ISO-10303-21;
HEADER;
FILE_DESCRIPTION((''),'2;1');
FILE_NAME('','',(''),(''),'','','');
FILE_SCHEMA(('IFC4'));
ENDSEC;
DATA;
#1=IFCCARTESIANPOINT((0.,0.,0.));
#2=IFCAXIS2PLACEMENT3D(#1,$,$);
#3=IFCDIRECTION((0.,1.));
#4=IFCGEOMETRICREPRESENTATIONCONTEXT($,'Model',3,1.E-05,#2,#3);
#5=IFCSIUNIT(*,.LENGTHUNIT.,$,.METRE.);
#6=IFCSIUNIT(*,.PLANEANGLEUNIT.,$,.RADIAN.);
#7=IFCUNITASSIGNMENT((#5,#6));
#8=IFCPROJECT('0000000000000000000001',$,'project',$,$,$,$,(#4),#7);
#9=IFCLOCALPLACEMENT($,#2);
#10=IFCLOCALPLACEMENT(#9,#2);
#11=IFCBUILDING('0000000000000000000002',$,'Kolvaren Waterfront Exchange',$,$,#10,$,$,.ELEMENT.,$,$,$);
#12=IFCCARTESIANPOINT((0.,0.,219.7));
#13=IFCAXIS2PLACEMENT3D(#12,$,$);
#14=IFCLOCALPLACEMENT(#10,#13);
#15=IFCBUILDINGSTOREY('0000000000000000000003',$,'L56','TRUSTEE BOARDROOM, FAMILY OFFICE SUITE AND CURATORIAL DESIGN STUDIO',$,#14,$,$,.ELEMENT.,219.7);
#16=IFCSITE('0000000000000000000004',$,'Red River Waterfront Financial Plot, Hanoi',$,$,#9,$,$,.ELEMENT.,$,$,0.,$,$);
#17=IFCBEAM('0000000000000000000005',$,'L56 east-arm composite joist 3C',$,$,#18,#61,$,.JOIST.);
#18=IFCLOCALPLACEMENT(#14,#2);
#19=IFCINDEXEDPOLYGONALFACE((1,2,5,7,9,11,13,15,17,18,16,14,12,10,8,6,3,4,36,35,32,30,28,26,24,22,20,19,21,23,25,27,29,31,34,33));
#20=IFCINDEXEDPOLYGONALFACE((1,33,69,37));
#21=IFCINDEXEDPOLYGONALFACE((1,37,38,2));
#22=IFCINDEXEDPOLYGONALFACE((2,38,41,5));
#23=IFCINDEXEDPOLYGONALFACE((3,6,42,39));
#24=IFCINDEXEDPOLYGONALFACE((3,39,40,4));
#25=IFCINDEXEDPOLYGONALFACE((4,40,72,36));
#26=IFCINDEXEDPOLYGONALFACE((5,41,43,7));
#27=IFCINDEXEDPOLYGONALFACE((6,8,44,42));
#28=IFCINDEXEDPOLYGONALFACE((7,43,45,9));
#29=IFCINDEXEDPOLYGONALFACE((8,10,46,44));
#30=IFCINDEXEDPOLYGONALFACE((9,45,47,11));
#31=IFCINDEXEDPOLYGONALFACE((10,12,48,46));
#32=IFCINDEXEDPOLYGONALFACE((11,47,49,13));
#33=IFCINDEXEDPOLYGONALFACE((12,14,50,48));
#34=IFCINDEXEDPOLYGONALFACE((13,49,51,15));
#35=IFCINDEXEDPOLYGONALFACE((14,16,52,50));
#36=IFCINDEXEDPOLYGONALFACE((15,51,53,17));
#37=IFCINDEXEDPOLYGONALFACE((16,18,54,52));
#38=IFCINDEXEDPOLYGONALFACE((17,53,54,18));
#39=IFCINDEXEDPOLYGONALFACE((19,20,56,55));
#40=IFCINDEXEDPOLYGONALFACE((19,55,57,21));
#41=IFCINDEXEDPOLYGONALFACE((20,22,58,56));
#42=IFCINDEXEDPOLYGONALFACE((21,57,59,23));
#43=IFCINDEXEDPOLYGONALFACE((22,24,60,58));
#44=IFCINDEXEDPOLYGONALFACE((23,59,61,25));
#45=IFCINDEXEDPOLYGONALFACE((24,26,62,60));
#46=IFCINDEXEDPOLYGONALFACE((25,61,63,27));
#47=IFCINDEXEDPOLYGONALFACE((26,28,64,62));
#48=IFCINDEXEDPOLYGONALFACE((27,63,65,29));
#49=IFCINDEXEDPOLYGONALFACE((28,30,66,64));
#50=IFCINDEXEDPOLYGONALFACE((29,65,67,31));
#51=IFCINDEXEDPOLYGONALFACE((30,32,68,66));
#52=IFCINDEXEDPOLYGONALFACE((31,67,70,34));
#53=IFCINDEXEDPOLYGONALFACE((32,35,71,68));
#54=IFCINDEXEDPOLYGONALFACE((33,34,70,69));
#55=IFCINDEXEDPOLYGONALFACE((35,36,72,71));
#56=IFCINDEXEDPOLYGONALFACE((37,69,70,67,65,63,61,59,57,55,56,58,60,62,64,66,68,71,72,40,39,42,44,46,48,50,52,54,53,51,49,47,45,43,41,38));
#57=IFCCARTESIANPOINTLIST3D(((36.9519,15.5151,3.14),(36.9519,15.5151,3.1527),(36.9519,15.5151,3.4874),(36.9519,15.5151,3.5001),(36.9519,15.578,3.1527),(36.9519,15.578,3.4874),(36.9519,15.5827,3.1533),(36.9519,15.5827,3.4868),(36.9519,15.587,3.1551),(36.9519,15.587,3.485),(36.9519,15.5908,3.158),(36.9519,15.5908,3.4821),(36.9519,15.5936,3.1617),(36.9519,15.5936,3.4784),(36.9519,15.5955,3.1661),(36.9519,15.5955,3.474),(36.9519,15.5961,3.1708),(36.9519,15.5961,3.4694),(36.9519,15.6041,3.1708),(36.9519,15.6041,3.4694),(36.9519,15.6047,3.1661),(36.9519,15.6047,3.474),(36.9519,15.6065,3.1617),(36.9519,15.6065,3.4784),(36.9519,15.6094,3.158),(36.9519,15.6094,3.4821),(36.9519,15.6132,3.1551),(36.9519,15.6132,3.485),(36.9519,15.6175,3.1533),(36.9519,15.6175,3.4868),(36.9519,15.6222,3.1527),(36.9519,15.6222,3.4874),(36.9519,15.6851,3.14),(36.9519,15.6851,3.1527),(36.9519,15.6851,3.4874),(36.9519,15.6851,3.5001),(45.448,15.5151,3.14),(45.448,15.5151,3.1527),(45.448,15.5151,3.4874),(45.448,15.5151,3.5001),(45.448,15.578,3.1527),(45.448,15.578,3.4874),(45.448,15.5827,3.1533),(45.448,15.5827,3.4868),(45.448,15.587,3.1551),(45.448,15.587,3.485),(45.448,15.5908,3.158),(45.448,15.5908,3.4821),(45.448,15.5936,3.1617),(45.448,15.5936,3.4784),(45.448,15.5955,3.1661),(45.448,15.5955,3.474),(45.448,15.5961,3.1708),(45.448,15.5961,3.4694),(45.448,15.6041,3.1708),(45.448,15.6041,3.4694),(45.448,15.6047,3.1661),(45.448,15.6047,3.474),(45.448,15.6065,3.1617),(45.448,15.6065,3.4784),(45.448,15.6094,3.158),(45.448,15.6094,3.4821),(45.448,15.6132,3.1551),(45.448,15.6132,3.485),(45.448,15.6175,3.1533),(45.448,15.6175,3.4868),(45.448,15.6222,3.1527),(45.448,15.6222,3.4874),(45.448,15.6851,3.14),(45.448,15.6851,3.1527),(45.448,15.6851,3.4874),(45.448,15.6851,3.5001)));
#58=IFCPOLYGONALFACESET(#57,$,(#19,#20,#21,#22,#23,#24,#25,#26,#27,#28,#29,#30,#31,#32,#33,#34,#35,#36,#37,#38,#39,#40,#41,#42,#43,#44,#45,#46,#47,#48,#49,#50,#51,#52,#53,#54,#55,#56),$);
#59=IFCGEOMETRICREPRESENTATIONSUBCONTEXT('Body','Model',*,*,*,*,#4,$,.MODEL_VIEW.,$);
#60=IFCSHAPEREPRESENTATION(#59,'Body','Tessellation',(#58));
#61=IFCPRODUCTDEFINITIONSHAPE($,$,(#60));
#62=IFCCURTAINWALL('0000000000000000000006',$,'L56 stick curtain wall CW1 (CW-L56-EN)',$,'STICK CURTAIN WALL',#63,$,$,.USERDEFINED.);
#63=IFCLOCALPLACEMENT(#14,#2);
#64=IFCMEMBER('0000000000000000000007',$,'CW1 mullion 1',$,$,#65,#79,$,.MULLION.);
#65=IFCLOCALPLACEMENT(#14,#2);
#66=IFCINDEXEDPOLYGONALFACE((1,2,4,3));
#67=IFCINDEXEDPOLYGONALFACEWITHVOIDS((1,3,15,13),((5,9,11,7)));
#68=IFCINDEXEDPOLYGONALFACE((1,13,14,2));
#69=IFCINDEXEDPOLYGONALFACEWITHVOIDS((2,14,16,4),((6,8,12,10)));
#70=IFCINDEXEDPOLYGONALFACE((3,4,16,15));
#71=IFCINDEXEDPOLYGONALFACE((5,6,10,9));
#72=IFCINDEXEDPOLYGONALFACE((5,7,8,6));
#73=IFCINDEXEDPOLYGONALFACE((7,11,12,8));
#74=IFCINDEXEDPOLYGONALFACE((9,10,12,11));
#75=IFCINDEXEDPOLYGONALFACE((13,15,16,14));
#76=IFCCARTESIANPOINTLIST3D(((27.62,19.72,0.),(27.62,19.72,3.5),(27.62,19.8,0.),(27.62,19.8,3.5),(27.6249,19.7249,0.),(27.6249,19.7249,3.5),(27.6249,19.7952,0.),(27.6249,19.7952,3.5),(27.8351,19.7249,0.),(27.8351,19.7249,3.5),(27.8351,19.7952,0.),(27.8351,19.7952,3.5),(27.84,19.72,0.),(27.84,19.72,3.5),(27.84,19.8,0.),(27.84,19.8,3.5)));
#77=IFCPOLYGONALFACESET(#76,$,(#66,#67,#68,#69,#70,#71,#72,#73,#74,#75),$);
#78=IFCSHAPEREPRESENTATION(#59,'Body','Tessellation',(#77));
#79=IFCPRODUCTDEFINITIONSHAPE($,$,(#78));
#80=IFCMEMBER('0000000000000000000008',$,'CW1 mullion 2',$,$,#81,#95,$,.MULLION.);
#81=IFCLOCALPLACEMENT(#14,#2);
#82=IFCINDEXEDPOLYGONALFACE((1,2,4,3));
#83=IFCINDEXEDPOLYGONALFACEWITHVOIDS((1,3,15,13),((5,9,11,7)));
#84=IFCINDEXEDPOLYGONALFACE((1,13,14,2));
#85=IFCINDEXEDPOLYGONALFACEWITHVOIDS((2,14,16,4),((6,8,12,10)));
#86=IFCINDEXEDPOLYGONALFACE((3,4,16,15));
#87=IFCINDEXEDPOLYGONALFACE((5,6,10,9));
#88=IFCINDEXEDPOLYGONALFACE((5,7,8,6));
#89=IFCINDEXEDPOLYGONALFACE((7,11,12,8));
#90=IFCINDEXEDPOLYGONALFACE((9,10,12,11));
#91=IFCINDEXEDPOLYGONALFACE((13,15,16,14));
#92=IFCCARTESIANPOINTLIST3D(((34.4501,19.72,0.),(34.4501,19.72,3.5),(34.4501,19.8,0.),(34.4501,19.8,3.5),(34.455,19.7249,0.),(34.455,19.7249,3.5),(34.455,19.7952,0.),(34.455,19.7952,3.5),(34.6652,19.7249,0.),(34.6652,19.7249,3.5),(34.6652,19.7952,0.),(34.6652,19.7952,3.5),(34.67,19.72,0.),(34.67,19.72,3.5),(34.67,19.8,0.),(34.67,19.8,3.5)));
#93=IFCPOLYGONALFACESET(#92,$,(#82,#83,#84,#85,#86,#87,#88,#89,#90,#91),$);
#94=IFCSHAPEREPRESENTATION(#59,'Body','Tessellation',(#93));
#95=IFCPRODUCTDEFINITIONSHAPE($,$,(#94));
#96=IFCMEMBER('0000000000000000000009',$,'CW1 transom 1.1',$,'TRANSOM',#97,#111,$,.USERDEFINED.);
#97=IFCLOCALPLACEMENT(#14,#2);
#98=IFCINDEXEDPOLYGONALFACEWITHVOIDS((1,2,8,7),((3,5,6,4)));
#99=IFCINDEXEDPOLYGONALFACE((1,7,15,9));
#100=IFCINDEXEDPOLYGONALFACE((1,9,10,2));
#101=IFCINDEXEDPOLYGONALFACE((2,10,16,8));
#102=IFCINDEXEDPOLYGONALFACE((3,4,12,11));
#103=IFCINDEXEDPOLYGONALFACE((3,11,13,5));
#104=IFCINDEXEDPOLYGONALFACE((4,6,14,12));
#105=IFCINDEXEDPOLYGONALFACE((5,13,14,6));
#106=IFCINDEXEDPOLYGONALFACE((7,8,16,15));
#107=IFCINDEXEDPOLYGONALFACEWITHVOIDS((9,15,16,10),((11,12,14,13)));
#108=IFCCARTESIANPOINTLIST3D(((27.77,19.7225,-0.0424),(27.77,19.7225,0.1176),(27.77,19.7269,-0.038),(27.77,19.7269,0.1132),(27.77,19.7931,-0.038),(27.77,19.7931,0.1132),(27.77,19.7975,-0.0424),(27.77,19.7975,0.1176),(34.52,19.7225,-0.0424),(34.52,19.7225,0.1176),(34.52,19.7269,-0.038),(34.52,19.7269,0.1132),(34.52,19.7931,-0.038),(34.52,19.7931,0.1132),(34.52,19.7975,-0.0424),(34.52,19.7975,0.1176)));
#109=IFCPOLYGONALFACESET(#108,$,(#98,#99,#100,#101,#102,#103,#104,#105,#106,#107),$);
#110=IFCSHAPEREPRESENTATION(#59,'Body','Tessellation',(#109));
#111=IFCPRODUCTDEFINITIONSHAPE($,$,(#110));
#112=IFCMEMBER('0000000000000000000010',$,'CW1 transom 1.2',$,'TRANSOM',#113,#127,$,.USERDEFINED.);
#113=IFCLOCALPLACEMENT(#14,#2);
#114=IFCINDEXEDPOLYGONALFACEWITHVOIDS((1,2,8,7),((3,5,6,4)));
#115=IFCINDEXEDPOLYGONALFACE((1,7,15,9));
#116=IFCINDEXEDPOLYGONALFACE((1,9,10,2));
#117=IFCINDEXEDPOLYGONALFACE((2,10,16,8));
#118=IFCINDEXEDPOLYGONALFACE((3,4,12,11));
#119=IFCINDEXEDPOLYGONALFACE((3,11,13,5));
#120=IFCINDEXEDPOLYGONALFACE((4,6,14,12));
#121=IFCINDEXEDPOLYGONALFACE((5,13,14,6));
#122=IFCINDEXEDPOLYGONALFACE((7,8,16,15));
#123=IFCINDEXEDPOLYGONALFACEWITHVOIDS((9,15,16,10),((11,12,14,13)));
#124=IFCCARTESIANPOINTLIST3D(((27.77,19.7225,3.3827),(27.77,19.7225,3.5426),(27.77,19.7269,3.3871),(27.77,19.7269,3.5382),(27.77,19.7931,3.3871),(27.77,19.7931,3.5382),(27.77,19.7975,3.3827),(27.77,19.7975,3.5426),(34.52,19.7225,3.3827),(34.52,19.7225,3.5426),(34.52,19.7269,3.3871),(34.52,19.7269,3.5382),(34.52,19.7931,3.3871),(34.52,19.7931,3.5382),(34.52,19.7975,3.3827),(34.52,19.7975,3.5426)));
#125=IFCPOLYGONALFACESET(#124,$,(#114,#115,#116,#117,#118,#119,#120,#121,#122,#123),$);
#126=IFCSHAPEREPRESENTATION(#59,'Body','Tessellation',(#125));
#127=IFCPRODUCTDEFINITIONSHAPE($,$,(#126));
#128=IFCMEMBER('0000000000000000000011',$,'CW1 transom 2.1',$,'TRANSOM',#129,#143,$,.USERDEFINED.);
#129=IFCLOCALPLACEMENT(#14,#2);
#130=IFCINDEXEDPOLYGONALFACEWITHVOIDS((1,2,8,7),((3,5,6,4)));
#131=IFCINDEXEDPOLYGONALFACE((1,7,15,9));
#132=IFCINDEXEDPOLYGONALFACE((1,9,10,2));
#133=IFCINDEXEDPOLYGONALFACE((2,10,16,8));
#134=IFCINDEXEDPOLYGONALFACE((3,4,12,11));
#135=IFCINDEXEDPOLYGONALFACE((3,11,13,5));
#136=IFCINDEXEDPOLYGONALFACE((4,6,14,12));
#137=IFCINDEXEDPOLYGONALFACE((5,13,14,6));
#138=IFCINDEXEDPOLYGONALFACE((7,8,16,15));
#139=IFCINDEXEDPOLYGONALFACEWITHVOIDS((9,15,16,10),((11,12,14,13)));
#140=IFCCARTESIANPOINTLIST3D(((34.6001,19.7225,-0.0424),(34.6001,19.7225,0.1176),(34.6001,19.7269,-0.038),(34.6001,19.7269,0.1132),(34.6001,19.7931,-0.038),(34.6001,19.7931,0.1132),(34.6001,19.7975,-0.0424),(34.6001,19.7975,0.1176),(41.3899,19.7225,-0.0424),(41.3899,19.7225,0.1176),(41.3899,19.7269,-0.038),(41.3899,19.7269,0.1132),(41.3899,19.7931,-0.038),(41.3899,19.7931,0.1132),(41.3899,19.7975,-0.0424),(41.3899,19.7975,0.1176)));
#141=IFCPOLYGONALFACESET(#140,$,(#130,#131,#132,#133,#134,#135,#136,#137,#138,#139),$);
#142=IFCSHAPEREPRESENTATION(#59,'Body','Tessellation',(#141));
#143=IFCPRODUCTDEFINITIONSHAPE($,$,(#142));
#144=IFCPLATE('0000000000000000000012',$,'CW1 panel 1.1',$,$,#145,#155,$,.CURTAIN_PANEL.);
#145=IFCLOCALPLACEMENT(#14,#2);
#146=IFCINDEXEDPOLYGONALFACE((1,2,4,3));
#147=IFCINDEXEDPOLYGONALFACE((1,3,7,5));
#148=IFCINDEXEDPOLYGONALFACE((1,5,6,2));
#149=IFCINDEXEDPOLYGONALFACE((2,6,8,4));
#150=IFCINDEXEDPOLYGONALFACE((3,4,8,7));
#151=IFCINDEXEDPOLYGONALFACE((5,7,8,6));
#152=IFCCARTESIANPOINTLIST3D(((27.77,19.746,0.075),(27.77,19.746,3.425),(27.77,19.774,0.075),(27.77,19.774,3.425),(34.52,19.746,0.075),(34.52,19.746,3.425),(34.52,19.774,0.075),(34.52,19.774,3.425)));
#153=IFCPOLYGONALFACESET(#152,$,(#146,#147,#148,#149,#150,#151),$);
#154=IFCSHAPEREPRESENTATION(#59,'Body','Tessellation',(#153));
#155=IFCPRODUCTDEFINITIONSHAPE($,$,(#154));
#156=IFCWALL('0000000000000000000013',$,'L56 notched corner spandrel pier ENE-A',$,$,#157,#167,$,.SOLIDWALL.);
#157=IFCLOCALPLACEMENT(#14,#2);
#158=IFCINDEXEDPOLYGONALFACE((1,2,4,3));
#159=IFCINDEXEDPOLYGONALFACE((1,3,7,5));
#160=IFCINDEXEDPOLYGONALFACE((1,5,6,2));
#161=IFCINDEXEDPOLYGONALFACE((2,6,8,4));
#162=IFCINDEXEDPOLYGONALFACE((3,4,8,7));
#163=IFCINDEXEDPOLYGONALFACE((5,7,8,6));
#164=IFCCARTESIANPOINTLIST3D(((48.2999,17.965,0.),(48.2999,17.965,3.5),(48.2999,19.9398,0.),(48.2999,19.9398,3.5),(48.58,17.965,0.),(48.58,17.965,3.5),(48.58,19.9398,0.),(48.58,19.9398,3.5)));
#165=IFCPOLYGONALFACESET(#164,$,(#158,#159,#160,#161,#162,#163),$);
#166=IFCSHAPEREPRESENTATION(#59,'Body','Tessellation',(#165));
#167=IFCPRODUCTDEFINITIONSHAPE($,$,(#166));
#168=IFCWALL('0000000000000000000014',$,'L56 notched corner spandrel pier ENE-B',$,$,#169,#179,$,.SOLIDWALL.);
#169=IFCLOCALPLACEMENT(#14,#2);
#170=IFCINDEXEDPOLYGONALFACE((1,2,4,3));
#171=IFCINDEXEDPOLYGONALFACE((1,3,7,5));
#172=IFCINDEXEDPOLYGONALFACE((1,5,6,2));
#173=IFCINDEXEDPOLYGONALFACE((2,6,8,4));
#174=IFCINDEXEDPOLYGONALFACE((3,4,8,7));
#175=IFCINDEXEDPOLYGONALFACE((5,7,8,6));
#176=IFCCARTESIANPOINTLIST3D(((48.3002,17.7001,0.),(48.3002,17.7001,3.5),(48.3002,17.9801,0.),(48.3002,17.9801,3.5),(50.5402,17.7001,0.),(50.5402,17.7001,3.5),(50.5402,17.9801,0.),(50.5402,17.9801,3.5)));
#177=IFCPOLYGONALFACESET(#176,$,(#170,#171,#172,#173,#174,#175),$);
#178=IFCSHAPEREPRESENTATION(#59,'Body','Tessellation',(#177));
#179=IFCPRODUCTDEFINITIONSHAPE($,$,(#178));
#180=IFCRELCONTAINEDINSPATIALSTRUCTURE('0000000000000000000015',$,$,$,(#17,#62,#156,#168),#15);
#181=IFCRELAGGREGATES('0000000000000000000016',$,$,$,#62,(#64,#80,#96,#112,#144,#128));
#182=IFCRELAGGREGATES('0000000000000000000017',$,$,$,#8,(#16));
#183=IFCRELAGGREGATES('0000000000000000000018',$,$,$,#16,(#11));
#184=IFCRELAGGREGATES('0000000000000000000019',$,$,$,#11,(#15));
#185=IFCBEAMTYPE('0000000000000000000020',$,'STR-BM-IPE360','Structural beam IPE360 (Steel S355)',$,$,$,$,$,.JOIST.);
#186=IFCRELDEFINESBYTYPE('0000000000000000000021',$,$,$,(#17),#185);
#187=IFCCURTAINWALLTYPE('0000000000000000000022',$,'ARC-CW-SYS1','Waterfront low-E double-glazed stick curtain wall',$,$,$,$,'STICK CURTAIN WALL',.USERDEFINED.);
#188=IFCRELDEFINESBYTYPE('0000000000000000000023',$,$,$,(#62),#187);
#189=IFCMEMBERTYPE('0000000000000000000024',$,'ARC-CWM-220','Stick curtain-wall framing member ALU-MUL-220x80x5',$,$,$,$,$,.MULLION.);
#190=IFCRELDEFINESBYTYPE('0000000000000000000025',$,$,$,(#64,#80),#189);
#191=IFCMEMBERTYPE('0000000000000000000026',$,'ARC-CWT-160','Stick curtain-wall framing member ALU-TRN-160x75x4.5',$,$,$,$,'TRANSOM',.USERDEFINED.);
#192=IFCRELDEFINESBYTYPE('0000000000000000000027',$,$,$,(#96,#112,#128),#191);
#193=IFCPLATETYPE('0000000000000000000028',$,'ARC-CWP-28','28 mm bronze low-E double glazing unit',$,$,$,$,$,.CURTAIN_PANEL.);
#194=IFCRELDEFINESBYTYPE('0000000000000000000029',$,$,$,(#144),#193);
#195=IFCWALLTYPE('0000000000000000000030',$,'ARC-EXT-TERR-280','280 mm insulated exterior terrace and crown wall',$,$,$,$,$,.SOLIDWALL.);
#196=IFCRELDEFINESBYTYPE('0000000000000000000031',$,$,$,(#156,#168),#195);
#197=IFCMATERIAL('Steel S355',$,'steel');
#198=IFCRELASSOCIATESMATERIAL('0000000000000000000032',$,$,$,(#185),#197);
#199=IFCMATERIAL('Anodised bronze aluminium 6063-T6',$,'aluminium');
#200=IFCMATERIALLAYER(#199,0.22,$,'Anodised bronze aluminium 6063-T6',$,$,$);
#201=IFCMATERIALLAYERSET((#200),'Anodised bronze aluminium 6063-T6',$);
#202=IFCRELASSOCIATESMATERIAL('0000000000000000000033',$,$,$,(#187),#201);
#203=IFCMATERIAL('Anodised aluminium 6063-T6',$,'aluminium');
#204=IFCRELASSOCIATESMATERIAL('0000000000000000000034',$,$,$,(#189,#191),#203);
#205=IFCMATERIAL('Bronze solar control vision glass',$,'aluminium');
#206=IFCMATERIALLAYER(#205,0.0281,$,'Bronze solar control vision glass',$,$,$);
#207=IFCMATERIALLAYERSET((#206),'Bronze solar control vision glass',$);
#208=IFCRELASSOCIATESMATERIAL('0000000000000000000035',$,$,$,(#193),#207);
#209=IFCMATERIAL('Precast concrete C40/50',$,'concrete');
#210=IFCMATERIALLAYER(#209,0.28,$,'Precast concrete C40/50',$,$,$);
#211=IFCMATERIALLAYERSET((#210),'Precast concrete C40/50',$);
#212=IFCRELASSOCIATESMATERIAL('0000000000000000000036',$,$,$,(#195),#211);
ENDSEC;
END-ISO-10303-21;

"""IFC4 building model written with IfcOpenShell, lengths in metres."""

from ifc_helpers import new_model, si_unit, direction, frame, frame_2d, origin, origin_with_axes, origin_2d, place, context, subcontext, project, spatial, rectangle, hollow_rectangle, i_section, extrude, source, transform, mapped, material, layer, layer_set, material_profile, profile_set, type_object, element, aggregate, save


model = new_model("IFC4")

# Units and contexts
model_context = context("Model", 3, precision=1e-05, world=origin(), true_north=direction((0.0, 1.0)))
body_context = subcontext(model_context, "Body", "Model", "MODEL_VIEW")
ifc_project = project(units=[si_unit("LENGTHUNIT", "METRE"), si_unit("PLANEANGLEUNIT", "RADIAN")], contexts=[model_context])

# Site, building, storey
site_placement = place(None, origin())
site = spatial("IfcSite", under=ifc_project, at=site_placement, Name="Red River Waterfront Financial Plot, Hanoi", CompositionType="ELEMENT", RefElevation=0.0)
building_placement = place(site_placement, origin())
building = spatial("IfcBuilding", under=site, at=building_placement, Name="Kolvaren Waterfront Exchange", CompositionType="ELEMENT")
storey_placement = place(building_placement, frame((0.0, 0.0, 219.7)))
storey = spatial("IfcBuildingStorey", under=building, at=storey_placement, Name="L56", Description="TRUSTEE BOARDROOM, FAMILY OFFICE SUITE AND CURATORIAL DESIGN STUDIO", CompositionType="ELEMENT", Elevation=219.7)

# Beam
ifc_material_1 = material(Name="Steel S355", Category="steel")
ifc_material_profile_1 = material_profile(ifc_material_1, i_section(OverallWidth=0.1699, OverallDepth=0.3601, WebThickness=0.0081, FlangeThickness=0.0127, FilletRadius=0.0181, at=origin_2d()), Name="IPE360")
ifc_profile_set_1 = profile_set([ifc_material_profile_1], Name="Steel S355")
beam_type_1 = type_object("IfcBeamType", Name="STR-BM-IPE360", Description="Structural beam IPE360 (Steel S355)", PredefinedType="JOIST", material=ifc_profile_set_1)
for number, where, z_axis, x_axis, name in (
    (1, (36.9519, 15.6001, 3.3201), (1.0, 0.0, 0.0), (0.0, 1.0, 0.0), "L56 east-arm composite joist 3C"),
):
    element("IfcBeam", number, at=place(storey_placement, frame(where, z_axis=z_axis, x_axis=x_axis)), inside=storey, type_object=beam_type_1, Name=name, PredefinedType="JOIST", context=body_context, shape_type="SweptSolid", body=[
        extrude(i_section(OverallWidth=0.1699, OverallDepth=0.3601, WebThickness=0.0081, FlangeThickness=0.0127, FilletRadius=0.0181, at=origin_2d()), origin(), (0.0, 0.0, 1.0), 8.4961),
    ])

# Curtain wall, members, plate
ifc_material_2 = material(Name="Anodised bronze aluminium 6063-T6", Category="aluminium")
ifc_layer_1 = layer(ifc_material_2, 0.22, Name="Anodised bronze aluminium 6063-T6")
ifc_layer_set_1 = layer_set([ifc_layer_1], Name="Anodised bronze aluminium 6063-T6")
curtain_wall_type = type_object("IfcCurtainWallType", Name="ARC-CW-SYS1", Description="Waterfront low-E double-glazed stick curtain wall", ElementType="STICK CURTAIN WALL", PredefinedType="USERDEFINED", material=ifc_layer_set_1)
curtain_wall_placement = place(storey_placement, origin())
curtain_wall = element("IfcCurtainWall", 2, at=curtain_wall_placement, inside=storey, type_object=curtain_wall_type, Name="L56 stick curtain wall CW1 (CW-L56-EN)", ObjectType="STICK CURTAIN WALL", PredefinedType="USERDEFINED")
ifc_material_3 = material(Name="Anodised aluminium 6063-T6", Category="aluminium")
ifc_material_profile_2 = material_profile(ifc_material_3, hollow_rectangle(XDim=0.0801, YDim=0.22, WallThickness=0.0049, at=origin_2d()), Name="ALU-MUL-220x80x5")
ifc_profile_set_2 = profile_set([ifc_material_profile_2], Name="Anodised aluminium 6063-T6")
member_type_1 = type_object("IfcMemberType", Name="ARC-CWM-220", Description="Stick curtain-wall framing member ALU-MUL-220x80x5", PredefinedType="MULLION", material=ifc_profile_set_2)
shared_shape_1 = source(origin_with_axes(), body_context, "Body", "SweptSolid", [
    extrude(hollow_rectangle(XDim=0.0801, YDim=0.22, WallThickness=0.0049, at=origin_2d()), origin(), (0.0, 0.0, 1.0), 3.5),
])
member_1_placement = place(storey_placement, frame((27.73, 19.76, 0.0), z_axis=(0.0, 0.0, 1.0), x_axis=(0.0, 1.0, 0.0)))
member_1 = element("IfcMember", 3, at=member_1_placement, type_object=member_type_1, Name="CW1 mullion 1", PredefinedType="MULLION", context=body_context, shape_type="MappedRepresentation", body=[
    mapped(shared_shape_1, transform((0.0, 0.0, 0.0), x_axis=(1.0, 0.0, 0.0), y_axis=(0.0, 1.0, 0.0), z_axis=(0.0, 0.0, 1.0), scale=1.0)),
])
member_2_placement = place(storey_placement, frame((34.5601, 19.76, 0.0), z_axis=(0.0, 0.0, 1.0), x_axis=(0.0, 1.0, 0.0)))
member_2 = element("IfcMember", 4, at=member_2_placement, type_object=member_type_1, Name="CW1 mullion 2", PredefinedType="MULLION", context=body_context, shape_type="MappedRepresentation", body=[
    mapped(shared_shape_1, transform((0.0, 0.0, 0.0), x_axis=(1.0, 0.0, 0.0), y_axis=(0.0, 1.0, 0.0), z_axis=(0.0, 0.0, 1.0), scale=1.0)),
])
ifc_material_profile_3 = material_profile(ifc_material_3, hollow_rectangle(XDim=0.075, YDim=0.1599, WallThickness=0.0044, at=origin_2d()), Name="ALU-TRN-160x75x4.5")
ifc_profile_set_3 = profile_set([ifc_material_profile_3], Name="Anodised aluminium 6063-T6")
member_type_2 = type_object("IfcMemberType", Name="ARC-CWT-160", Description="Stick curtain-wall framing member ALU-TRN-160x75x4.5", ElementType="TRANSOM", PredefinedType="USERDEFINED", material=ifc_profile_set_3)
shared_shape_2 = source(origin_with_axes(), body_context, "Body", "SweptSolid", [
    extrude(hollow_rectangle(XDim=0.075, YDim=0.1599, WallThickness=0.0044, at=origin_2d()), origin(), (0.0, 0.0, 1.0), 6.75),
])
member_3_placement = place(storey_placement, frame((27.77, 19.76, 0.0376), z_axis=(1.0, 0.0, 0.0), x_axis=(0.0, 1.0, 0.0)))
member_3 = element("IfcMember", 5, at=member_3_placement, type_object=member_type_2, Name="CW1 transom 1.1", ObjectType="TRANSOM", PredefinedType="USERDEFINED", context=body_context, shape_type="MappedRepresentation", body=[
    mapped(shared_shape_2, transform((0.0, 0.0, 0.0), x_axis=(1.0, 0.0, 0.0), y_axis=(0.0, 1.0, 0.0), z_axis=(0.0, 0.0, 1.0), scale=1.0)),
])
member_4_placement = place(storey_placement, frame((27.77, 19.76, 3.4626), z_axis=(1.0, 0.0, 0.0), x_axis=(0.0, 1.0, 0.0)))
member_4 = element("IfcMember", 6, at=member_4_placement, type_object=member_type_2, Name="CW1 transom 1.2", ObjectType="TRANSOM", PredefinedType="USERDEFINED", context=body_context, shape_type="MappedRepresentation", body=[
    mapped(shared_shape_2, transform((0.0, 0.0, 0.0), x_axis=(1.0, 0.0, 0.0), y_axis=(0.0, 1.0, 0.0), z_axis=(0.0, 0.0, 1.0), scale=1.0)),
])
shared_shape_3 = source(origin_with_axes(), body_context, "Body", "SweptSolid", [
    extrude(hollow_rectangle(XDim=0.075, YDim=0.1599, WallThickness=0.0044, at=origin_2d()), origin(), (0.0, 0.0, 1.0), 6.7898),
])
member_5_placement = place(storey_placement, frame((34.6001, 19.76, 0.0376), z_axis=(1.0, 0.0, 0.0), x_axis=(0.0, 1.0, 0.0)))
member_5 = element("IfcMember", 7, at=member_5_placement, type_object=member_type_2, Name="CW1 transom 2.1", ObjectType="TRANSOM", PredefinedType="USERDEFINED", context=body_context, shape_type="MappedRepresentation", body=[
    mapped(shared_shape_3, transform((0.0, 0.0, 0.0), x_axis=(1.0, 0.0, 0.0), y_axis=(0.0, 1.0, 0.0), z_axis=(0.0, 0.0, 1.0), scale=1.0)),
])
ifc_material_4 = material(Name="Bronze solar control vision glass", Category="aluminium")
ifc_layer_2 = layer(ifc_material_4, 0.0281, Name="Bronze solar control vision glass")
ifc_layer_set_2 = layer_set([ifc_layer_2], Name="Bronze solar control vision glass")
plate_type = type_object("IfcPlateType", Name="ARC-CWP-28", Description="28 mm bronze low-E double glazing unit", PredefinedType="CURTAIN_PANEL", material=ifc_layer_set_2)
shared_shape_4 = source(origin_with_axes(), body_context, "Body", "SweptSolid", [
    extrude(rectangle(XDim=6.75, YDim=0.0281, at=origin_2d()), origin(), (0.0, 0.0, 1.0), 3.3501),
])
plate_placement = place(storey_placement, frame((31.145, 19.76, 0.075), z_axis=(0.0, 0.0, 1.0), x_axis=(1.0, 0.0, 0.0)))
plate = element("IfcPlate", 8, at=plate_placement, type_object=plate_type, Name="CW1 panel 1.1", PredefinedType="CURTAIN_PANEL", context=body_context, shape_type="MappedRepresentation", body=[
    mapped(shared_shape_4, transform((0.0, 0.0, 0.0), x_axis=(1.0, 0.0, 0.0), y_axis=(0.0, 1.0, 0.0), z_axis=(0.0, 0.0, 1.0), scale=1.0)),
])
aggregate(curtain_wall, [member_1, member_2, member_3, member_4, plate, member_5])

# Walls
ifc_material_5 = material(Name="Precast concrete C40/50", Category="concrete")
ifc_layer_3 = layer(ifc_material_5, 0.28, Name="Precast concrete C40/50")
ifc_layer_set_3 = layer_set([ifc_layer_3], Name="Precast concrete C40/50")
wall_type_1 = type_object("IfcWallType", Name="ARC-EXT-TERR-280", Description="280 mm insulated exterior terrace and crown wall", PredefinedType="SOLIDWALL", material=ifc_layer_set_3)
wall_1_placement = place(storey_placement, frame((48.4399, 17.9651, 0.0), z_axis=(0.0, 0.0, 1.0), x_axis=(0.0, 1.0, 0.0)))
element("IfcWall", 9, at=wall_1_placement, inside=storey, type_object=wall_type_1, Name="L56 notched corner spandrel pier ENE-A", PredefinedType="SOLIDWALL", context=body_context, shape_type="SweptSolid", body=[
    extrude(rectangle(XDim=1.9749, YDim=0.28, at=frame_2d((0.9873, 0.0))), origin(), (0.0, 0.0, 1.0), 3.5),
])
wall_2_placement = place(storey_placement, frame((48.3, 17.8401, 0.0), z_axis=(0.0, 0.0, 1.0), x_axis=(1.0, 0.0, 0.0)))
element("IfcWall", 10, at=wall_2_placement, inside=storey, type_object=wall_type_1, Name="L56 notched corner spandrel pier ENE-B", PredefinedType="SOLIDWALL", context=body_context, shape_type="SweptSolid", body=[
    extrude(rectangle(XDim=2.24, YDim=0.28, at=frame_2d((1.1201, 0.0))), origin(), (0.0, 0.0, 1.0), 3.5),
])

save(model, "model.ifc")
